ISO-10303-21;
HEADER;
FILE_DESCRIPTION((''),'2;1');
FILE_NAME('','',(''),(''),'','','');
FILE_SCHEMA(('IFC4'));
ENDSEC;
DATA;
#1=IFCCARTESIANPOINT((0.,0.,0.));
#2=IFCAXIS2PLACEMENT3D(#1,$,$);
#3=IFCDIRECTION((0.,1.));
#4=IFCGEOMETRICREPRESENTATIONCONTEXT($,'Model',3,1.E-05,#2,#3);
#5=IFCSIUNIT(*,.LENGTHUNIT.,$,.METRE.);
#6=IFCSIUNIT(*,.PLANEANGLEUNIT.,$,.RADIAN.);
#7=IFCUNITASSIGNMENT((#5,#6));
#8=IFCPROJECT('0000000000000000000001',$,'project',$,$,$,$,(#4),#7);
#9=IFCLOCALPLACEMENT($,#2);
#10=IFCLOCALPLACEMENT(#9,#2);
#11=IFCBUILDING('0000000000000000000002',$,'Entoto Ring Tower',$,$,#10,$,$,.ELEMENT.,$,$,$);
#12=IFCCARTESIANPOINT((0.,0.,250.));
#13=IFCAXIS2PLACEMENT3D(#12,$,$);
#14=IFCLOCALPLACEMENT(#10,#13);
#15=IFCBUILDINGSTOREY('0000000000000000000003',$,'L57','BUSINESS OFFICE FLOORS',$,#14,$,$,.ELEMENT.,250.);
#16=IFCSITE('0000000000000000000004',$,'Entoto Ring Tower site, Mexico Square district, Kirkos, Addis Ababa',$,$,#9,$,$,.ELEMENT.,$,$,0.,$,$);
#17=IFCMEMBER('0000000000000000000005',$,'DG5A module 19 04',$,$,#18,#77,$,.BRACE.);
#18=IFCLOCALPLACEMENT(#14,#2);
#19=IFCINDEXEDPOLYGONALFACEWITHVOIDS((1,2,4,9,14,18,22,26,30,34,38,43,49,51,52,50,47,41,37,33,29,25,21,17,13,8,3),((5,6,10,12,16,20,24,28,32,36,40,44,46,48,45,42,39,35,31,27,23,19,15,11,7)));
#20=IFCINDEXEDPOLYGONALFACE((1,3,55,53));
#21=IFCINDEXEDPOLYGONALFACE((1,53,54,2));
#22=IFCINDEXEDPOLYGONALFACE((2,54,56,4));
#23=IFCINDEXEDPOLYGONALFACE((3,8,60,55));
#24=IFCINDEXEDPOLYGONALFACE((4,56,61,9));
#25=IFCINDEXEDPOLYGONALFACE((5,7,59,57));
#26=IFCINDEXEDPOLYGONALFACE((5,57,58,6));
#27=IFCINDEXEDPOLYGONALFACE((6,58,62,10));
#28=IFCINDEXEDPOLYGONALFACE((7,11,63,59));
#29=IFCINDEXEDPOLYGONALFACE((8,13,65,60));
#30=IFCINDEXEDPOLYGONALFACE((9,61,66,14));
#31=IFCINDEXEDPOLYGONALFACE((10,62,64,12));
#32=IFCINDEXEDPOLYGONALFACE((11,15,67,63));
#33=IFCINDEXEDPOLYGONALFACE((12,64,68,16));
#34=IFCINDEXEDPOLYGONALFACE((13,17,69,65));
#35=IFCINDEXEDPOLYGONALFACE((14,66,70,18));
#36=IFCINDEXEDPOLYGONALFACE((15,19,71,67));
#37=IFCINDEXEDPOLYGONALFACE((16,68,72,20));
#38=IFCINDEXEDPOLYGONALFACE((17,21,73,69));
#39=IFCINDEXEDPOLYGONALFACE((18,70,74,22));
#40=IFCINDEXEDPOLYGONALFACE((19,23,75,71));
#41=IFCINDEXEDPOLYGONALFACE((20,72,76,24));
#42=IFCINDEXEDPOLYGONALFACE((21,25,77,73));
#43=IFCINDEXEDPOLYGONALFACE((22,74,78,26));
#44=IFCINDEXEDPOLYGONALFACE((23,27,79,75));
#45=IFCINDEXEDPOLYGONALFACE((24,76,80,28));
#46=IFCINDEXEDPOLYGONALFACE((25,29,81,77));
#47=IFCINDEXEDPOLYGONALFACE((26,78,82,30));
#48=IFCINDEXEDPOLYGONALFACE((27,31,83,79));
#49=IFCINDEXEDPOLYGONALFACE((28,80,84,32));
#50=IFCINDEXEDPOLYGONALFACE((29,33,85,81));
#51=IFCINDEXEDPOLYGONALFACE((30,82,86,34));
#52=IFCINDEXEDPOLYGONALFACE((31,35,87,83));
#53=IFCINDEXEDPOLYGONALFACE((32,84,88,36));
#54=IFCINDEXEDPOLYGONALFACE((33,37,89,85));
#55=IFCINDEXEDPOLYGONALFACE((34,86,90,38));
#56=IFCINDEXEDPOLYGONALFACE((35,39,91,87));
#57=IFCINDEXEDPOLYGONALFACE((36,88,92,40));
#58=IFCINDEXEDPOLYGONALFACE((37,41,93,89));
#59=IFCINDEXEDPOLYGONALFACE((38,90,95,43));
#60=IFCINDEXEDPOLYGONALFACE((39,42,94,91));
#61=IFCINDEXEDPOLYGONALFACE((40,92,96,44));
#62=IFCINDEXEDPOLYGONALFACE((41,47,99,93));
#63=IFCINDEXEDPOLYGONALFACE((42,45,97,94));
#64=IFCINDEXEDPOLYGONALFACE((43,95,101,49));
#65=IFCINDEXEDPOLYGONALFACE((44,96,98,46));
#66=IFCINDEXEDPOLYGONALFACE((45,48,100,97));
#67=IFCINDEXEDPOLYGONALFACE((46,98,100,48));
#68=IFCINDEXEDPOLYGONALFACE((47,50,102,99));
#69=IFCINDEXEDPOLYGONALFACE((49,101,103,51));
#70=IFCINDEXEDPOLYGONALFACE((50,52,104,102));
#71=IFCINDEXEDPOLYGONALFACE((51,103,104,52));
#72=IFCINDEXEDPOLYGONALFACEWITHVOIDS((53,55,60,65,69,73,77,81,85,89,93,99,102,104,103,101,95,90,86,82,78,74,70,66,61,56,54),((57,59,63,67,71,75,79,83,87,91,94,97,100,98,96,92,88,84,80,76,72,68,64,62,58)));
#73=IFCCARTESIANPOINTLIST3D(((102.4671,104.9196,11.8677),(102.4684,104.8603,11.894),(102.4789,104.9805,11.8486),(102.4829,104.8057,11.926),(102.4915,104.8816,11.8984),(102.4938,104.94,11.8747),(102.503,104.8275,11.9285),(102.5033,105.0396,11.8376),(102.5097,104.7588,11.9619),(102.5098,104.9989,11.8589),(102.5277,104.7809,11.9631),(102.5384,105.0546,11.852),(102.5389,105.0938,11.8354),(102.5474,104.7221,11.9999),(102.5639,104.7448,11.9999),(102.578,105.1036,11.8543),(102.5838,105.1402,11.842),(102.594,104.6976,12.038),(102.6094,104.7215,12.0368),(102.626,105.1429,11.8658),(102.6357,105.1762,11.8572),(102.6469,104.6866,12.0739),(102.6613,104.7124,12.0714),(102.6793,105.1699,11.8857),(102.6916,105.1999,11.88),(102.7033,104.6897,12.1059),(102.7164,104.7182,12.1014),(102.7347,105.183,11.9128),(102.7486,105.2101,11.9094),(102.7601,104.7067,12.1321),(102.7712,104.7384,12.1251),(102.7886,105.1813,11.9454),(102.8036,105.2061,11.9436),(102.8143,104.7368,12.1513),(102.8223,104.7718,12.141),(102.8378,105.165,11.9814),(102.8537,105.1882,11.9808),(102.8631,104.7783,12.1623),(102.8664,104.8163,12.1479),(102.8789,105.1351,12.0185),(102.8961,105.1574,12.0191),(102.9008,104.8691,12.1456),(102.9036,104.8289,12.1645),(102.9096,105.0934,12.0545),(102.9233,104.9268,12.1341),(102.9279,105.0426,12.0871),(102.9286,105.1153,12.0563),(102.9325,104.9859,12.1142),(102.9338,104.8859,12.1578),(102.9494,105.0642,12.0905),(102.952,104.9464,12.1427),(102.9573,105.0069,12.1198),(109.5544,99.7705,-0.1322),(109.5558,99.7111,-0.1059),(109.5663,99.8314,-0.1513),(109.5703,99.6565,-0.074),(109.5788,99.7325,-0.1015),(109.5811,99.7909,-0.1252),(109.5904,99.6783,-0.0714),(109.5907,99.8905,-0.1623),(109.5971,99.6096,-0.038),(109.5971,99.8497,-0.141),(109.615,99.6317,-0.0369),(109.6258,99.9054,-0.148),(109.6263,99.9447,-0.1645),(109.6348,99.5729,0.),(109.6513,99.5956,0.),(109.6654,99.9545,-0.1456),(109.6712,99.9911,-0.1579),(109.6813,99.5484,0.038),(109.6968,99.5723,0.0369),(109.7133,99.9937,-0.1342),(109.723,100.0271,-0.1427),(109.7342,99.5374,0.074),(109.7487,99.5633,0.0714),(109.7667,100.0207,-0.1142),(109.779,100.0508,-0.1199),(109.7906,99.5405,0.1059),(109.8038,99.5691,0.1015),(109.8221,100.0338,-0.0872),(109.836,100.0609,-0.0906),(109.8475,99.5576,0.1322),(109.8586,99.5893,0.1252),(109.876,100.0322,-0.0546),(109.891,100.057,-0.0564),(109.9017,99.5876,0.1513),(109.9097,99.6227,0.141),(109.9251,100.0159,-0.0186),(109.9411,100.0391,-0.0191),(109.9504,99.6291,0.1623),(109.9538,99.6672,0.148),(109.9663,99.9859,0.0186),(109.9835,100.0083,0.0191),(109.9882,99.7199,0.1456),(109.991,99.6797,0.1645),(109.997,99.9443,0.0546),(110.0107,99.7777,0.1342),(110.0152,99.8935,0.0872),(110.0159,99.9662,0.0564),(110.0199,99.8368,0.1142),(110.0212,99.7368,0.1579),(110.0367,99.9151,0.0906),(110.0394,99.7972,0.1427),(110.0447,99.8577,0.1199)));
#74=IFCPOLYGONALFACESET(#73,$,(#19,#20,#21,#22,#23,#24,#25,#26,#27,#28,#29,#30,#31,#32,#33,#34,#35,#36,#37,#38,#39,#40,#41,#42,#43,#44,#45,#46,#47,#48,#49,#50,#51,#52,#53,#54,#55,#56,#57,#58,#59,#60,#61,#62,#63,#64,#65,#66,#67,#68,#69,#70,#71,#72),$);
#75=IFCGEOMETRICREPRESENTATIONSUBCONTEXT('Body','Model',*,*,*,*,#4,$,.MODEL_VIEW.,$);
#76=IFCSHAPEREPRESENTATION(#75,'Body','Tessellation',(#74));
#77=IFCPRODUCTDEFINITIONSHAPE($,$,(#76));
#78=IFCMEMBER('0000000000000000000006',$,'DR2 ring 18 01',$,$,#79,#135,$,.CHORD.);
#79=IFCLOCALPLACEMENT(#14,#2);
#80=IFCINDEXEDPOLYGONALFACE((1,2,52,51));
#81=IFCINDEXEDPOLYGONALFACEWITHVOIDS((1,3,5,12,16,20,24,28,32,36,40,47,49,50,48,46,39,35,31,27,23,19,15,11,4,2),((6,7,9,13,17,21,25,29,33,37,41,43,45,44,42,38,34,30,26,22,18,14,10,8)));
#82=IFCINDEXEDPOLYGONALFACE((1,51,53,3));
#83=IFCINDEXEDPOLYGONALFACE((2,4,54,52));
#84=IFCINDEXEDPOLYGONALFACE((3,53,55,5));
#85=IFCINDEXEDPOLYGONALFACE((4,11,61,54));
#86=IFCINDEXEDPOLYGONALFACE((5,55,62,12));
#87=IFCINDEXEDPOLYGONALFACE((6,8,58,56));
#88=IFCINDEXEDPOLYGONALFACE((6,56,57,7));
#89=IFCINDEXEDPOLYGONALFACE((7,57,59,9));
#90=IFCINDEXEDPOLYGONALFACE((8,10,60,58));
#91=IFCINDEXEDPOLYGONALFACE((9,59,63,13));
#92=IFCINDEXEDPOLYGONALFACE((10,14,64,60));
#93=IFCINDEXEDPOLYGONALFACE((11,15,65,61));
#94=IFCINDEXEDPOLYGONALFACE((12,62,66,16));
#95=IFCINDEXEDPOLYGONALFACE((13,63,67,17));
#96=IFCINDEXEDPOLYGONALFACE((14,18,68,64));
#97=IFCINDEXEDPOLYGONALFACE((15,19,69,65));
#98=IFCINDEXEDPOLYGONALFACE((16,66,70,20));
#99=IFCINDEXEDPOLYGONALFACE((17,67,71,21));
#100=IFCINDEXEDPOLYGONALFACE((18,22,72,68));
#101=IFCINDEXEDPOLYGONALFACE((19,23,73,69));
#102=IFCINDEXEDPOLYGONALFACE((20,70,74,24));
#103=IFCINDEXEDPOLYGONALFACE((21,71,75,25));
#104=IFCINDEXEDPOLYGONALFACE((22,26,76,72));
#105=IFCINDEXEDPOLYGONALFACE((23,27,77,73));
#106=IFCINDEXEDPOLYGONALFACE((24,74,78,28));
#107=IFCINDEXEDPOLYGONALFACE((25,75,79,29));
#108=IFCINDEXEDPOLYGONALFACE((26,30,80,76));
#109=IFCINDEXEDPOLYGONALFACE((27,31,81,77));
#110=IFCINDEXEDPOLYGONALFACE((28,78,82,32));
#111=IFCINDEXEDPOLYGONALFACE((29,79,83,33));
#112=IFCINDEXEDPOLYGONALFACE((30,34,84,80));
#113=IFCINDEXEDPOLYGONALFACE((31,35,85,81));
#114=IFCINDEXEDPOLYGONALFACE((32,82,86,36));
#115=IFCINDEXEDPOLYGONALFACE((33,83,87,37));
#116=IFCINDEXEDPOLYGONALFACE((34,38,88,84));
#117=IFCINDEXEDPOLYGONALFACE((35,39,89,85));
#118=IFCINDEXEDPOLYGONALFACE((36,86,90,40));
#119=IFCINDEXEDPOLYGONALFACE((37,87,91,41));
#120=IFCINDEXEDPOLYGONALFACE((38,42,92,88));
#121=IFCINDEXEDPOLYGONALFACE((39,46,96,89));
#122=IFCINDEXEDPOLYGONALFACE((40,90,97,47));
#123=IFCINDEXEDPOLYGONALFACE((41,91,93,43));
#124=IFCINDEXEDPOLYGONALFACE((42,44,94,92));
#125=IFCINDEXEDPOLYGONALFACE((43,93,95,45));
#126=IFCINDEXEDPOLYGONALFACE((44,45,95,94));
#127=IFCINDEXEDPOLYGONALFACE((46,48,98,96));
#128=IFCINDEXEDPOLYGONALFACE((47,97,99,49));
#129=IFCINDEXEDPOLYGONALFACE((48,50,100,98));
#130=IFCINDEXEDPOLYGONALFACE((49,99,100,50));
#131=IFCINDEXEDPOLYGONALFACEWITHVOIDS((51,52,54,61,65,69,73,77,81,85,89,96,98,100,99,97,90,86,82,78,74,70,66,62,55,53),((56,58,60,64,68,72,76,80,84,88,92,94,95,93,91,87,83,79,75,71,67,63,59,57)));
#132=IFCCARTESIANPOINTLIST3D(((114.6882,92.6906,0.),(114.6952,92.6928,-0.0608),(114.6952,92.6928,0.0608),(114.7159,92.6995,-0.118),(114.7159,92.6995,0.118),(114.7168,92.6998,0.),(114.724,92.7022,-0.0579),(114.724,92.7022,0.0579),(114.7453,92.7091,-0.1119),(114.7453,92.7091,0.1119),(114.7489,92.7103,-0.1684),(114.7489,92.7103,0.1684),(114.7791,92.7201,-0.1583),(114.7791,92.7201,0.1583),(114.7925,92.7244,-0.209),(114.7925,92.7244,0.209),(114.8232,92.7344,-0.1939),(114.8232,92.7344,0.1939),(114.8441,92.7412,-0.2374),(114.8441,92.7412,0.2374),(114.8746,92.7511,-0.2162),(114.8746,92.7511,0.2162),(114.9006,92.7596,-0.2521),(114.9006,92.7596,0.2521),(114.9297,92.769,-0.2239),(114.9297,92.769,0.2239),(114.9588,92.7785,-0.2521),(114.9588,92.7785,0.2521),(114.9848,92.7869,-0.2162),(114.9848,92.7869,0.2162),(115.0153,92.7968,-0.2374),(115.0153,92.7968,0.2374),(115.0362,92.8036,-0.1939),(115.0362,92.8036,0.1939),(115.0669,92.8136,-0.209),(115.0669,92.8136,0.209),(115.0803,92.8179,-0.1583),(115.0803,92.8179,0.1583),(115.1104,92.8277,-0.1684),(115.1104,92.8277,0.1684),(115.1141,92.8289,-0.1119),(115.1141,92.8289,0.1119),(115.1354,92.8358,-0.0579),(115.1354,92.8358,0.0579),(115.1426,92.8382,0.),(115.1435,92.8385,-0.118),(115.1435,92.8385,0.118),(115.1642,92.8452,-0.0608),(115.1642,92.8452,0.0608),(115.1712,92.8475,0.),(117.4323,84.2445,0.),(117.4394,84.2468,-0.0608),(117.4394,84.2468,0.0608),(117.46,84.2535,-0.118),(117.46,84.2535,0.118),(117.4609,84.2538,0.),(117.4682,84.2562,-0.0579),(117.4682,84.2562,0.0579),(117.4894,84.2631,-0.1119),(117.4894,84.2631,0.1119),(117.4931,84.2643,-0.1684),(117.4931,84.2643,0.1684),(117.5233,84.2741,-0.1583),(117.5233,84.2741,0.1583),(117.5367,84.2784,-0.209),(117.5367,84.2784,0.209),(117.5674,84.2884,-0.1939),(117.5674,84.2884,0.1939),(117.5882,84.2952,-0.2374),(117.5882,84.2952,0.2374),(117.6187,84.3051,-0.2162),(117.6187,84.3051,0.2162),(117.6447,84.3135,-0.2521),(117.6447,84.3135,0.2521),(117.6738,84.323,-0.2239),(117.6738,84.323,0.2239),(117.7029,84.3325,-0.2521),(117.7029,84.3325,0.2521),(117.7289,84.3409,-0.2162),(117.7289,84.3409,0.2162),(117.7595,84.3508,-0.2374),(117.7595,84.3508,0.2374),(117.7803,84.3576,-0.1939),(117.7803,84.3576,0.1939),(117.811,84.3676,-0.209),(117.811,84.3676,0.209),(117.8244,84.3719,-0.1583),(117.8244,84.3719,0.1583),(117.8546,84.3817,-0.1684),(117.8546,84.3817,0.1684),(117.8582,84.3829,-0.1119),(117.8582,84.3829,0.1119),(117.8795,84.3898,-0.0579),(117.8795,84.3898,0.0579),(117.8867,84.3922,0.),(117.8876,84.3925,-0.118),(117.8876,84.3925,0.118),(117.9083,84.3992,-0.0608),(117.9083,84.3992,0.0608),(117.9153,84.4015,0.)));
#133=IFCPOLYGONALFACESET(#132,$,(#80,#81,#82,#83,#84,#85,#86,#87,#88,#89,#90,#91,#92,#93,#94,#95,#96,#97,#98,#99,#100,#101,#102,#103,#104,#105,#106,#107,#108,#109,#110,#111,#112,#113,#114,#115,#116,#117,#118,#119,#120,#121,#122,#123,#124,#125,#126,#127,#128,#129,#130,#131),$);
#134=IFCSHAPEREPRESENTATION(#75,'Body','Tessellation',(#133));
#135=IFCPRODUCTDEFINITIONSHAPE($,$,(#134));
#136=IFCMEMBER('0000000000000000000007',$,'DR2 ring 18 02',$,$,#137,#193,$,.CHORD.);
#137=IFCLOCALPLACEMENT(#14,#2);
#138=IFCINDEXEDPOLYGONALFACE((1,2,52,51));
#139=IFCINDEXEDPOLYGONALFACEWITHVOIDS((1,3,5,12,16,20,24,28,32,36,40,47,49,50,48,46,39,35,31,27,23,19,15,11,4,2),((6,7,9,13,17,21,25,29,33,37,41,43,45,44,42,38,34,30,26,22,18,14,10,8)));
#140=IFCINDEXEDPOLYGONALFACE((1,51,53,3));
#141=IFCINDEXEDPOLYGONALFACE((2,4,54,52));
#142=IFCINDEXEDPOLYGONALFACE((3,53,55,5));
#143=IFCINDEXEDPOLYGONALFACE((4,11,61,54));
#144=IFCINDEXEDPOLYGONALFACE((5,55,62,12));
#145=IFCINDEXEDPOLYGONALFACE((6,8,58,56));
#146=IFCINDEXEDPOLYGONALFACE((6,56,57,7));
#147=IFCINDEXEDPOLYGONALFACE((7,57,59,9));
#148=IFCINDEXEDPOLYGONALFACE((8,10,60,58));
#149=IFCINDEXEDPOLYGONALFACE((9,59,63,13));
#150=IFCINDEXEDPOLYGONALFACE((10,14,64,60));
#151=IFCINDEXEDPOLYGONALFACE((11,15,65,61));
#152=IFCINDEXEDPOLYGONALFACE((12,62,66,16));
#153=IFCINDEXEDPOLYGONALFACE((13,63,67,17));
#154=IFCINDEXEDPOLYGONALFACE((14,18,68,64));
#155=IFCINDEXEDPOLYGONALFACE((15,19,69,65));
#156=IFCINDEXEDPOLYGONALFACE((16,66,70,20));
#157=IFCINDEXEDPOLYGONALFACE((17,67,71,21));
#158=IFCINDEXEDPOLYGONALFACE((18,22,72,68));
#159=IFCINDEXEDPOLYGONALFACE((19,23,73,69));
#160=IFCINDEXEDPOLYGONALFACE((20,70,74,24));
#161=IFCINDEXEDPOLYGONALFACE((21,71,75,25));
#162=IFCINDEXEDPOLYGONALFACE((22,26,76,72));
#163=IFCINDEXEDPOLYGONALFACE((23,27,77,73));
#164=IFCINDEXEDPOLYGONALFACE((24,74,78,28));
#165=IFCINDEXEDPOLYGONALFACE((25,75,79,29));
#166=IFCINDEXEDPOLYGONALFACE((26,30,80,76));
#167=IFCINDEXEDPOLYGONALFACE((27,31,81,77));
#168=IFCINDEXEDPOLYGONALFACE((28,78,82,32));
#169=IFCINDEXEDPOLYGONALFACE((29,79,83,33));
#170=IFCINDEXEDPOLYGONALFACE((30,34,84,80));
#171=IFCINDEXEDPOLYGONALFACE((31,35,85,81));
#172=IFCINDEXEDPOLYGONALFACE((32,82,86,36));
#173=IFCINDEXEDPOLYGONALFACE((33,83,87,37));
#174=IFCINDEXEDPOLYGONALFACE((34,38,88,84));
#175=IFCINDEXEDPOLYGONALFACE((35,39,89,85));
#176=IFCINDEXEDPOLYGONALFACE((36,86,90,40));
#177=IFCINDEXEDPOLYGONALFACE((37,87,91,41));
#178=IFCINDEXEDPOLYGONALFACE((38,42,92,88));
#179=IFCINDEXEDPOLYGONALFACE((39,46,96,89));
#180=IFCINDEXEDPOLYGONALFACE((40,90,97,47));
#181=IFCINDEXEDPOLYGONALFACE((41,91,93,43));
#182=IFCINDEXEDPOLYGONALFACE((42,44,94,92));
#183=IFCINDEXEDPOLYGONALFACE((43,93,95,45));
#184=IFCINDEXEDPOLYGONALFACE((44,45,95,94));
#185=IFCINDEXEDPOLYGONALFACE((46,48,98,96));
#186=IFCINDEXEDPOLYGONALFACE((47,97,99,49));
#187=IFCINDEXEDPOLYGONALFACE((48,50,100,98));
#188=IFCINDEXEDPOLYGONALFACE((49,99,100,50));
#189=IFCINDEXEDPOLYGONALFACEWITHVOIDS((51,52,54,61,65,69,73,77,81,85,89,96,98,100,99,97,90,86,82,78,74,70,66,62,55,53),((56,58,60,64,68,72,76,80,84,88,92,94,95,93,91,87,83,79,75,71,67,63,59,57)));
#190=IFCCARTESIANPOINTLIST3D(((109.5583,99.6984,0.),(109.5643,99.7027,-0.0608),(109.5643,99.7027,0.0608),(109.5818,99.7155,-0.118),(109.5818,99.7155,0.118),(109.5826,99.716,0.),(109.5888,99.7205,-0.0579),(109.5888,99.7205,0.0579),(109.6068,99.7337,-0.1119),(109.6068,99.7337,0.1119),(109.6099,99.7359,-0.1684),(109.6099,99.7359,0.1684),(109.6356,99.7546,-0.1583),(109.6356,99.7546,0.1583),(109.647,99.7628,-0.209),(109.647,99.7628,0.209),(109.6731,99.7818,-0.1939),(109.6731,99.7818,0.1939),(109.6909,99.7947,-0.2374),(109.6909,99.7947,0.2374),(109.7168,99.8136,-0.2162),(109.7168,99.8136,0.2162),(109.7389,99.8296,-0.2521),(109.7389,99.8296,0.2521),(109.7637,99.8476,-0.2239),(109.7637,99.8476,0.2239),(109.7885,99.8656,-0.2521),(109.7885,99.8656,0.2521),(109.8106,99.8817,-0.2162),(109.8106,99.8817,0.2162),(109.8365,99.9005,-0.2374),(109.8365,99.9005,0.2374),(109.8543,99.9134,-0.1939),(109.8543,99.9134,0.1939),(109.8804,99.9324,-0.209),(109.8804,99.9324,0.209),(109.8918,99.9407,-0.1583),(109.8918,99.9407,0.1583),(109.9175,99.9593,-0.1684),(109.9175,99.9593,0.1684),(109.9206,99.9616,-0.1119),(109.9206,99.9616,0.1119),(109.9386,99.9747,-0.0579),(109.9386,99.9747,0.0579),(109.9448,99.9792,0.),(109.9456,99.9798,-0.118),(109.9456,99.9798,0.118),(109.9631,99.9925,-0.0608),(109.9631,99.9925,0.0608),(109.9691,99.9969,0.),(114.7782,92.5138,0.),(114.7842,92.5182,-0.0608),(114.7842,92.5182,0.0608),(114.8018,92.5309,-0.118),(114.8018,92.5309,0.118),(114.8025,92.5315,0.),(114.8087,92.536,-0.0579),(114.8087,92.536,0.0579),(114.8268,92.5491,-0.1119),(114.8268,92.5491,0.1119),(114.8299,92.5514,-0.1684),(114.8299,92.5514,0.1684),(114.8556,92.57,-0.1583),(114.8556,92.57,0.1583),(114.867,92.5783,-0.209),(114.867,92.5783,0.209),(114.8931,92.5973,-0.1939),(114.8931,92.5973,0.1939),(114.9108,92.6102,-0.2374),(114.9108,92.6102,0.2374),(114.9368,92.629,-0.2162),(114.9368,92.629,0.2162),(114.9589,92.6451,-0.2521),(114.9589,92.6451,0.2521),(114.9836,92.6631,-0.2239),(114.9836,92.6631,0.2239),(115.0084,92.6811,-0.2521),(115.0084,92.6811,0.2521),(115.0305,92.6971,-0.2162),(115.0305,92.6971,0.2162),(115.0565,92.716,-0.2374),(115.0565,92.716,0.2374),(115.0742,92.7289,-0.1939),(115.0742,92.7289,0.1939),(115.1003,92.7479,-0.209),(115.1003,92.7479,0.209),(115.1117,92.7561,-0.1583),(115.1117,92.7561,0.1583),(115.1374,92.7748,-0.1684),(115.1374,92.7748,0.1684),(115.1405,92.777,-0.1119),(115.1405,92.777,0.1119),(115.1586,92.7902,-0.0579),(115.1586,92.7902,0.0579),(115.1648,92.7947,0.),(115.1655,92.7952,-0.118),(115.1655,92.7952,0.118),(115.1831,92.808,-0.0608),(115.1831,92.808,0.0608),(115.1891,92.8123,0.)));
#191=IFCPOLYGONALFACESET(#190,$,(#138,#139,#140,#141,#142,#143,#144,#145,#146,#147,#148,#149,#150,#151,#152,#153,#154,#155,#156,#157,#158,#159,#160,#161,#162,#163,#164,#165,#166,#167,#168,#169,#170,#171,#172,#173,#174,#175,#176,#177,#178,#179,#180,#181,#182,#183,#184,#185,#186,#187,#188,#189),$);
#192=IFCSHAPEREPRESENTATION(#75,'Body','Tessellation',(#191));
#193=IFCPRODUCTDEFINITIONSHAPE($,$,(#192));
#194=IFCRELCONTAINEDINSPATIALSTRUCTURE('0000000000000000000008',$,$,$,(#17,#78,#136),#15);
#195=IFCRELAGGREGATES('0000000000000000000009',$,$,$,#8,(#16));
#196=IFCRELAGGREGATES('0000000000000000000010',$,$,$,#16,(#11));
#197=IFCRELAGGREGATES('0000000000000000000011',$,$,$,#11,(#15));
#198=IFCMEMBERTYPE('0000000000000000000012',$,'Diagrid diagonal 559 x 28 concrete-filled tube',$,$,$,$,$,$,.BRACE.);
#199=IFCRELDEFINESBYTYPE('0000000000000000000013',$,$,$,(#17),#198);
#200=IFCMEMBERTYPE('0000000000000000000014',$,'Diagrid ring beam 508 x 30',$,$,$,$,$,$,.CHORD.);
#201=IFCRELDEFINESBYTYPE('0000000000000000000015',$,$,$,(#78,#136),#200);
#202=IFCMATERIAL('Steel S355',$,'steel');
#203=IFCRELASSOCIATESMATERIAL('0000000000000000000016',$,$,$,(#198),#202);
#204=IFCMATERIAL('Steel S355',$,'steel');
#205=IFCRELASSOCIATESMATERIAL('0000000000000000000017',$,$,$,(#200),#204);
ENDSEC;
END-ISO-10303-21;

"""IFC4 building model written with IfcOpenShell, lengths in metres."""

from ifc_helpers import new_model, si_unit, direction, frame, origin, origin_2d, place, context, subcontext, project, spatial, circle, hollow_circle, extrude, material, material_profile, profile_set, type_object, element, save


model = new_model("IFC4")

# Units and contexts
model_context = context("Model", 3, precision=1e-05, world=origin(), true_north=direction((0.0, 1.0)))
body_context = subcontext(model_context, "Body", "Model", "MODEL_VIEW")
ifc_project = project(units=[si_unit("LENGTHUNIT", "METRE"), si_unit("PLANEANGLEUNIT", "RADIAN")], contexts=[model_context])

# Site, building, storey
site_placement = place(None, origin())
site = spatial("IfcSite", under=ifc_project, at=site_placement, Name="Entoto Ring Tower site, Mexico Square district, Kirkos, Addis Ababa", CompositionType="ELEMENT", RefElevation=0.0)
building_placement = place(site_placement, origin())
building = spatial("IfcBuilding", under=site, at=building_placement, Name="Entoto Ring Tower", CompositionType="ELEMENT")
storey_placement = place(building_placement, frame((0.0, 0.0, 250.0)))
storey = spatial("IfcBuildingStorey", under=building, at=storey_placement, Name="L57", Description="BUSINESS OFFICE FLOORS", CompositionType="ELEMENT", Elevation=250.0)

# Members
ifc_material_1 = material(Name="Steel S355", Category="steel")
ifc_material_profile_1 = material_profile(ifc_material_1, hollow_circle(Radius=0.2795, WallThickness=0.0281, at=origin_2d()), Name="CHS 559 x 28")
ifc_material_2 = material(Name="Concrete C60/75", Category="concrete")
ifc_material_profile_2 = material_profile(ifc_material_2, circle(Radius=0.2515, at=origin_2d()), Name="Concrete C60/75 infill")
ifc_profile_set_1 = profile_set([ifc_material_profile_1, ifc_material_profile_2], Name="Steel S355")
member_type_1 = type_object("IfcMemberType", Name="Diagrid diagonal 559 x 28 concrete-filled tube", PredefinedType="BRACE", material=ifc_profile_set_1)
for number, where, z_axis, x_axis, name in (
    (1, (109.7991, 99.7991, 0.0), (-0.477025, 0.34657, 0.807673), (-0.587776, -0.809024, 0.0), "DG5A module 19 04"),
):
    element("IfcMember", number, at=place(storey_placement, frame(where, z_axis=z_axis, x_axis=x_axis)), inside=storey, type_object=member_type_1, Name=name, PredefinedType="BRACE", context=body_context, shape_type="SweptSolid", body=[
        extrude(hollow_circle(Radius=0.2795, WallThickness=0.0281, at=origin_2d()), origin(), (0.0, 0.0, 1.0), 14.8574),
    ])
ifc_material_3 = material(Name="Steel S355", Category="steel")
ifc_material_profile_3 = material_profile(ifc_material_3, hollow_circle(Radius=0.2539, WallThickness=0.03, at=origin_2d()), Name="CHS 508 x 30")
ifc_material_4 = material(Name="Concrete C60/75", Category="concrete")
ifc_material_profile_4 = material_profile(ifc_material_4, circle(Radius=0.2241, at=origin_2d()), Name="Concrete C60/75 infill")
ifc_profile_set_2 = profile_set([ifc_material_profile_3, ifc_material_profile_4], Name="Steel S355")
member_type_2 = type_object("IfcMemberType", Name="Diagrid ring beam 508 x 30", PredefinedType="CHORD", material=ifc_profile_set_2)
for number, where, z_axis, x_axis, name in (
    (2, (117.6738, 84.323, 0.0), (-0.309002, 0.951061, 0.0), (-0.951061, -0.309002, 0.0), "DR2 ring 18 01"),
    (3, (114.9836, 92.6631, 0.0), (-0.587791, 0.809013, 0.0), (-0.809013, -0.587791, 0.0), "DR2 ring 18 02"),
):
    element("IfcMember", number, at=place(storey_placement, frame(where, z_axis=z_axis, x_axis=x_axis)), inside=storey, type_object=member_type_2, Name=name, PredefinedType="CHORD", context=body_context, shape_type="SweptSolid", body=[
        extrude(hollow_circle(Radius=0.2539, WallThickness=0.03, at=origin_2d()), origin(), (0.0, 0.0, 1.0), 8.8806),
    ])

save(model, "model.ifc")
